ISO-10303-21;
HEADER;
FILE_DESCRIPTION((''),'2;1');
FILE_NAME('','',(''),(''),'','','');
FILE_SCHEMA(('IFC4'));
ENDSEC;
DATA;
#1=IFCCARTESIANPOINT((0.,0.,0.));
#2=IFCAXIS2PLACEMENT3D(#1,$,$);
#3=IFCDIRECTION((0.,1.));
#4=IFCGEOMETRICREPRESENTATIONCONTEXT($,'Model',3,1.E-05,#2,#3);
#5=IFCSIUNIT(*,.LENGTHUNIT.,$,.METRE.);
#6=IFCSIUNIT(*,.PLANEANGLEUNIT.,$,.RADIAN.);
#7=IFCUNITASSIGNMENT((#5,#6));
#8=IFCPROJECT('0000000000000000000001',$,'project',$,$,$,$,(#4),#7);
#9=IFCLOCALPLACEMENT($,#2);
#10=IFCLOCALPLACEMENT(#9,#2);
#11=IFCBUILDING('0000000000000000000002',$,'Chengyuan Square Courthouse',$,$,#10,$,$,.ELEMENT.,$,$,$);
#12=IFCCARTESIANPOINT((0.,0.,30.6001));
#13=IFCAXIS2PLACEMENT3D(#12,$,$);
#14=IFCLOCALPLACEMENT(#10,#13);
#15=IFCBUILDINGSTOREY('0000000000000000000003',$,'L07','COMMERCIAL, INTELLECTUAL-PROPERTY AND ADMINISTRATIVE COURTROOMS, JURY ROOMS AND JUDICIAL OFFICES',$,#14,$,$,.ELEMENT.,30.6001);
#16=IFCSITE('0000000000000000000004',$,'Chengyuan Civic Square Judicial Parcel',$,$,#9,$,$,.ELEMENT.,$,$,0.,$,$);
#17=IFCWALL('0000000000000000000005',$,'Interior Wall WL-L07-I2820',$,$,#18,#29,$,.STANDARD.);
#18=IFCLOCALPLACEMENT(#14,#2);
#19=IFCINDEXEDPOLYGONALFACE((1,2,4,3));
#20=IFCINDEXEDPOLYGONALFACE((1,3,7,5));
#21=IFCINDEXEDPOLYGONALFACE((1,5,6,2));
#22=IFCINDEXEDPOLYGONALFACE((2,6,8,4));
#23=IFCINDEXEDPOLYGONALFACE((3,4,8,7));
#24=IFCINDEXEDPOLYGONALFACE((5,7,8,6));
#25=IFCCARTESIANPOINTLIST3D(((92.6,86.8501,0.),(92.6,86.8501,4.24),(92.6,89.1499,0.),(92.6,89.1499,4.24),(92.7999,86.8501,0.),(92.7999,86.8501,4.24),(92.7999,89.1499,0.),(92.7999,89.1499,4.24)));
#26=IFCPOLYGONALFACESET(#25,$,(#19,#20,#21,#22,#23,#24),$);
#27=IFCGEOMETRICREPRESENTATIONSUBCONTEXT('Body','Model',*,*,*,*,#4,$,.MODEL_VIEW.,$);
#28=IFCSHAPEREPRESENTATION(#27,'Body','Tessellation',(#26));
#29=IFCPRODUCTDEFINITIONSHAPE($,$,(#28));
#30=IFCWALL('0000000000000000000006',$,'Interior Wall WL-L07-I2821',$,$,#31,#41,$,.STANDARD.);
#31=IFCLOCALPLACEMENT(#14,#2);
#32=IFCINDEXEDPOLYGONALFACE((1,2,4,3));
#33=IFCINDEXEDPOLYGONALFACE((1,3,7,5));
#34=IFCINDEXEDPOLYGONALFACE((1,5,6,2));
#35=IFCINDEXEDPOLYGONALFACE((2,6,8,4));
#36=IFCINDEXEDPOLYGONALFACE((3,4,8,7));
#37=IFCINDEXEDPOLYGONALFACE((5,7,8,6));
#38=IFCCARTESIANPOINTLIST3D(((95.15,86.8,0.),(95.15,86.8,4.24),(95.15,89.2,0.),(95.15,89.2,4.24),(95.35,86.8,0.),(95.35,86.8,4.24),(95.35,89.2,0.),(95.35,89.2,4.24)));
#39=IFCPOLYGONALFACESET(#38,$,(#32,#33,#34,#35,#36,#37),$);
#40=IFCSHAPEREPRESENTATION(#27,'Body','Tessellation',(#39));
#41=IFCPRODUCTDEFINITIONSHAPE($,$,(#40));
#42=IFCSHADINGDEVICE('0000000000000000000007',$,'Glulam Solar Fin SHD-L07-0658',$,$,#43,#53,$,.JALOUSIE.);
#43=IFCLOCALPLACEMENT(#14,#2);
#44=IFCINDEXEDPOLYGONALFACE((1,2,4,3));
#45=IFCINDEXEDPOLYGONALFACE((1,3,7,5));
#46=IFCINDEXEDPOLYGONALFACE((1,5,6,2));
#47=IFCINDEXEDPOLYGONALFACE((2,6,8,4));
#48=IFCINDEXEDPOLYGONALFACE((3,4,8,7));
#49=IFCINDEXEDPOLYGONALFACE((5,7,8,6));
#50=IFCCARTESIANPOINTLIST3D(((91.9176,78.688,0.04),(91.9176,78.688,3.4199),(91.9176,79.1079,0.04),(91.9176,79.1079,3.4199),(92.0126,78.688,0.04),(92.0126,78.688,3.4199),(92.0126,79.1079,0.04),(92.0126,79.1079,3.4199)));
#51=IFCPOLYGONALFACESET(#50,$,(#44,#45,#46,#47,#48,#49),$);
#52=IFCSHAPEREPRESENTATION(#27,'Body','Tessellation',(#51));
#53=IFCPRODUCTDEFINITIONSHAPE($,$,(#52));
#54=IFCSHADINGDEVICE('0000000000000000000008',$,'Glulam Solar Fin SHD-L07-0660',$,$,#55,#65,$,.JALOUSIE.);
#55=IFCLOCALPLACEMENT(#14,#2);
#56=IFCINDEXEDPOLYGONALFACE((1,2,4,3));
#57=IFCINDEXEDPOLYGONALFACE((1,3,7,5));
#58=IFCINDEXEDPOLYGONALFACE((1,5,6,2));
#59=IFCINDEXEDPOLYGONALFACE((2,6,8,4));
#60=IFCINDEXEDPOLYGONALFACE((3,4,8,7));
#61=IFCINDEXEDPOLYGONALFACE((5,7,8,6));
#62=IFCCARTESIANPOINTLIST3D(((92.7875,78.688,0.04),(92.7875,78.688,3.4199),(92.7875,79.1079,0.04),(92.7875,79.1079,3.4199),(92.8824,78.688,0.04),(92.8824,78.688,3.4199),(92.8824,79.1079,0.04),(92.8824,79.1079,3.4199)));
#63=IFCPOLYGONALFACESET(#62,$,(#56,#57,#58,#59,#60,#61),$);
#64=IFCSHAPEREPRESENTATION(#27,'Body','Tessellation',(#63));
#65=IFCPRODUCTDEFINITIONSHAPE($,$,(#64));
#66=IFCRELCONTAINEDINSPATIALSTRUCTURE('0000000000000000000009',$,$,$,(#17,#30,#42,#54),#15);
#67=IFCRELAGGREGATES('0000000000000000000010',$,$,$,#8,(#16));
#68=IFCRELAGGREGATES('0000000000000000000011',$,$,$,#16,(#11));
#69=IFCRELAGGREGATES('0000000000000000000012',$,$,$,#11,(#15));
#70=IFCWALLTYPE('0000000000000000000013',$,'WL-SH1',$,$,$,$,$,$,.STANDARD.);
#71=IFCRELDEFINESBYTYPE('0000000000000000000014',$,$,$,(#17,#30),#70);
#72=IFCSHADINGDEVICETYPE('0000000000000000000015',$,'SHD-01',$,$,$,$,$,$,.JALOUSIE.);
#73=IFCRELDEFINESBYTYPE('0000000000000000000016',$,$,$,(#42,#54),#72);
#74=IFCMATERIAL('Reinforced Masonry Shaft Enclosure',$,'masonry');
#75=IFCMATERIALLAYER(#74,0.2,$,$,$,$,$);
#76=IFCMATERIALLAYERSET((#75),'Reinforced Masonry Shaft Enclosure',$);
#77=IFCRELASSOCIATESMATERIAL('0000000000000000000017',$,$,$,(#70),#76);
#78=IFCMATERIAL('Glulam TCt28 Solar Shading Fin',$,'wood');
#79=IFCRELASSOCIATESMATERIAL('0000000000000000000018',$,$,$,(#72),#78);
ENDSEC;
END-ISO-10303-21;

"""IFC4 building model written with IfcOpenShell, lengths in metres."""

from ifc_helpers import new_model, si_unit, direction, frame, frame_2d, origin, origin_2d, place, context, subcontext, project, spatial, rectangle, extrude, material, layer, layer_set, type_object, element, save


model = new_model("IFC4")

# Units and contexts
model_context = context("Model", 3, precision=1e-05, world=origin(), true_north=direction((0.0, 1.0)))
body_context = subcontext(model_context, "Body", "Model", "MODEL_VIEW")
ifc_project = project(units=[si_unit("LENGTHUNIT", "METRE"), si_unit("PLANEANGLEUNIT", "RADIAN")], contexts=[model_context])

# Site, building, storey
site_placement = place(None, origin())
site = spatial("IfcSite", under=ifc_project, at=site_placement, Name="Chengyuan Civic Square Judicial Parcel", CompositionType="ELEMENT", RefElevation=0.0)
building_placement = place(site_placement, origin())
building = spatial("IfcBuilding", under=site, at=building_placement, Name="Chengyuan Square Courthouse", CompositionType="ELEMENT")
storey_placement = place(building_placement, frame((0.0, 0.0, 30.6001)))
storey = spatial("IfcBuildingStorey", under=building, at=storey_placement, Name="L07", Description="COMMERCIAL, INTELLECTUAL-PROPERTY AND ADMINISTRATIVE COURTROOMS, JURY ROOMS AND JUDICIAL OFFICES", CompositionType="ELEMENT", Elevation=30.6001)

# Shared definitions
ifc_material_1 = material(Name="Reinforced Masonry Shaft Enclosure", Category="masonry")
ifc_layer_1 = layer(ifc_material_1, 0.2)
ifc_layer_set_1 = layer_set([ifc_layer_1], Name="Reinforced Masonry Shaft Enclosure")
wall_type_1 = type_object("IfcWallType", Name="WL-SH1", PredefinedType="STANDARD", material=ifc_layer_set_1)

# Walls
wall_1_placement = place(storey_placement, frame((92.7, 86.8501, 0.0), z_axis=(0.0, 0.0, 1.0), x_axis=(0.0, 1.0, 0.0)))
element("IfcWall", 1, at=wall_1_placement, inside=storey, type_object=wall_type_1, Name="Interior Wall WL-L07-I2820", PredefinedType="STANDARD", context=body_context, shape_type="SweptSolid", body=[
    extrude(rectangle(XDim=2.2998, YDim=0.2, at=frame_2d((1.1499, 0.0))), origin(), (0.0, 0.0, 1.0), 4.24),
])
wall_2_placement = place(storey_placement, frame((95.25, 86.8, 0.0), z_axis=(0.0, 0.0, 1.0), x_axis=(0.0, 1.0, 0.0)))
element("IfcWall", 2, at=wall_2_placement, inside=storey, type_object=wall_type_1, Name="Interior Wall WL-L07-I2821", PredefinedType="STANDARD", context=body_context, shape_type="SweptSolid", body=[
    extrude(rectangle(XDim=2.3999, YDim=0.2, at=frame_2d((1.2, 0.0))), origin(), (0.0, 0.0, 1.0), 4.24),
])

# Shading devices
ifc_material_2 = material(Name="Glulam TCt28 Solar Shading Fin", Category="wood")
shading_device_type = type_object("IfcShadingDeviceType", Name="SHD-01", PredefinedType="JALOUSIE", material=ifc_material_2)
for number, where, z_axis, x_axis, name in (
    (3, (91.9651, 78.8979, 0.04), (0.0, 0.0, 1.0), (0.0, 1.0, 0.0), "Glulam Solar Fin SHD-L07-0658"),
    (4, (92.835, 78.8979, 0.04), (0.0, 0.0, 1.0), (0.0, 1.0, 0.0), "Glulam Solar Fin SHD-L07-0660"),
):
    element("IfcShadingDevice", number, at=place(storey_placement, frame(where, z_axis=z_axis, x_axis=x_axis)), inside=storey, type_object=shading_device_type, Name=name, PredefinedType="JALOUSIE", context=body_context, shape_type="SweptSolid", body=[
        extrude(rectangle(XDim=0.4199, YDim=0.095, at=origin_2d()), origin(), (0.0, 0.0, 1.0), 3.3799),
    ])

save(model, "model.ifc")
